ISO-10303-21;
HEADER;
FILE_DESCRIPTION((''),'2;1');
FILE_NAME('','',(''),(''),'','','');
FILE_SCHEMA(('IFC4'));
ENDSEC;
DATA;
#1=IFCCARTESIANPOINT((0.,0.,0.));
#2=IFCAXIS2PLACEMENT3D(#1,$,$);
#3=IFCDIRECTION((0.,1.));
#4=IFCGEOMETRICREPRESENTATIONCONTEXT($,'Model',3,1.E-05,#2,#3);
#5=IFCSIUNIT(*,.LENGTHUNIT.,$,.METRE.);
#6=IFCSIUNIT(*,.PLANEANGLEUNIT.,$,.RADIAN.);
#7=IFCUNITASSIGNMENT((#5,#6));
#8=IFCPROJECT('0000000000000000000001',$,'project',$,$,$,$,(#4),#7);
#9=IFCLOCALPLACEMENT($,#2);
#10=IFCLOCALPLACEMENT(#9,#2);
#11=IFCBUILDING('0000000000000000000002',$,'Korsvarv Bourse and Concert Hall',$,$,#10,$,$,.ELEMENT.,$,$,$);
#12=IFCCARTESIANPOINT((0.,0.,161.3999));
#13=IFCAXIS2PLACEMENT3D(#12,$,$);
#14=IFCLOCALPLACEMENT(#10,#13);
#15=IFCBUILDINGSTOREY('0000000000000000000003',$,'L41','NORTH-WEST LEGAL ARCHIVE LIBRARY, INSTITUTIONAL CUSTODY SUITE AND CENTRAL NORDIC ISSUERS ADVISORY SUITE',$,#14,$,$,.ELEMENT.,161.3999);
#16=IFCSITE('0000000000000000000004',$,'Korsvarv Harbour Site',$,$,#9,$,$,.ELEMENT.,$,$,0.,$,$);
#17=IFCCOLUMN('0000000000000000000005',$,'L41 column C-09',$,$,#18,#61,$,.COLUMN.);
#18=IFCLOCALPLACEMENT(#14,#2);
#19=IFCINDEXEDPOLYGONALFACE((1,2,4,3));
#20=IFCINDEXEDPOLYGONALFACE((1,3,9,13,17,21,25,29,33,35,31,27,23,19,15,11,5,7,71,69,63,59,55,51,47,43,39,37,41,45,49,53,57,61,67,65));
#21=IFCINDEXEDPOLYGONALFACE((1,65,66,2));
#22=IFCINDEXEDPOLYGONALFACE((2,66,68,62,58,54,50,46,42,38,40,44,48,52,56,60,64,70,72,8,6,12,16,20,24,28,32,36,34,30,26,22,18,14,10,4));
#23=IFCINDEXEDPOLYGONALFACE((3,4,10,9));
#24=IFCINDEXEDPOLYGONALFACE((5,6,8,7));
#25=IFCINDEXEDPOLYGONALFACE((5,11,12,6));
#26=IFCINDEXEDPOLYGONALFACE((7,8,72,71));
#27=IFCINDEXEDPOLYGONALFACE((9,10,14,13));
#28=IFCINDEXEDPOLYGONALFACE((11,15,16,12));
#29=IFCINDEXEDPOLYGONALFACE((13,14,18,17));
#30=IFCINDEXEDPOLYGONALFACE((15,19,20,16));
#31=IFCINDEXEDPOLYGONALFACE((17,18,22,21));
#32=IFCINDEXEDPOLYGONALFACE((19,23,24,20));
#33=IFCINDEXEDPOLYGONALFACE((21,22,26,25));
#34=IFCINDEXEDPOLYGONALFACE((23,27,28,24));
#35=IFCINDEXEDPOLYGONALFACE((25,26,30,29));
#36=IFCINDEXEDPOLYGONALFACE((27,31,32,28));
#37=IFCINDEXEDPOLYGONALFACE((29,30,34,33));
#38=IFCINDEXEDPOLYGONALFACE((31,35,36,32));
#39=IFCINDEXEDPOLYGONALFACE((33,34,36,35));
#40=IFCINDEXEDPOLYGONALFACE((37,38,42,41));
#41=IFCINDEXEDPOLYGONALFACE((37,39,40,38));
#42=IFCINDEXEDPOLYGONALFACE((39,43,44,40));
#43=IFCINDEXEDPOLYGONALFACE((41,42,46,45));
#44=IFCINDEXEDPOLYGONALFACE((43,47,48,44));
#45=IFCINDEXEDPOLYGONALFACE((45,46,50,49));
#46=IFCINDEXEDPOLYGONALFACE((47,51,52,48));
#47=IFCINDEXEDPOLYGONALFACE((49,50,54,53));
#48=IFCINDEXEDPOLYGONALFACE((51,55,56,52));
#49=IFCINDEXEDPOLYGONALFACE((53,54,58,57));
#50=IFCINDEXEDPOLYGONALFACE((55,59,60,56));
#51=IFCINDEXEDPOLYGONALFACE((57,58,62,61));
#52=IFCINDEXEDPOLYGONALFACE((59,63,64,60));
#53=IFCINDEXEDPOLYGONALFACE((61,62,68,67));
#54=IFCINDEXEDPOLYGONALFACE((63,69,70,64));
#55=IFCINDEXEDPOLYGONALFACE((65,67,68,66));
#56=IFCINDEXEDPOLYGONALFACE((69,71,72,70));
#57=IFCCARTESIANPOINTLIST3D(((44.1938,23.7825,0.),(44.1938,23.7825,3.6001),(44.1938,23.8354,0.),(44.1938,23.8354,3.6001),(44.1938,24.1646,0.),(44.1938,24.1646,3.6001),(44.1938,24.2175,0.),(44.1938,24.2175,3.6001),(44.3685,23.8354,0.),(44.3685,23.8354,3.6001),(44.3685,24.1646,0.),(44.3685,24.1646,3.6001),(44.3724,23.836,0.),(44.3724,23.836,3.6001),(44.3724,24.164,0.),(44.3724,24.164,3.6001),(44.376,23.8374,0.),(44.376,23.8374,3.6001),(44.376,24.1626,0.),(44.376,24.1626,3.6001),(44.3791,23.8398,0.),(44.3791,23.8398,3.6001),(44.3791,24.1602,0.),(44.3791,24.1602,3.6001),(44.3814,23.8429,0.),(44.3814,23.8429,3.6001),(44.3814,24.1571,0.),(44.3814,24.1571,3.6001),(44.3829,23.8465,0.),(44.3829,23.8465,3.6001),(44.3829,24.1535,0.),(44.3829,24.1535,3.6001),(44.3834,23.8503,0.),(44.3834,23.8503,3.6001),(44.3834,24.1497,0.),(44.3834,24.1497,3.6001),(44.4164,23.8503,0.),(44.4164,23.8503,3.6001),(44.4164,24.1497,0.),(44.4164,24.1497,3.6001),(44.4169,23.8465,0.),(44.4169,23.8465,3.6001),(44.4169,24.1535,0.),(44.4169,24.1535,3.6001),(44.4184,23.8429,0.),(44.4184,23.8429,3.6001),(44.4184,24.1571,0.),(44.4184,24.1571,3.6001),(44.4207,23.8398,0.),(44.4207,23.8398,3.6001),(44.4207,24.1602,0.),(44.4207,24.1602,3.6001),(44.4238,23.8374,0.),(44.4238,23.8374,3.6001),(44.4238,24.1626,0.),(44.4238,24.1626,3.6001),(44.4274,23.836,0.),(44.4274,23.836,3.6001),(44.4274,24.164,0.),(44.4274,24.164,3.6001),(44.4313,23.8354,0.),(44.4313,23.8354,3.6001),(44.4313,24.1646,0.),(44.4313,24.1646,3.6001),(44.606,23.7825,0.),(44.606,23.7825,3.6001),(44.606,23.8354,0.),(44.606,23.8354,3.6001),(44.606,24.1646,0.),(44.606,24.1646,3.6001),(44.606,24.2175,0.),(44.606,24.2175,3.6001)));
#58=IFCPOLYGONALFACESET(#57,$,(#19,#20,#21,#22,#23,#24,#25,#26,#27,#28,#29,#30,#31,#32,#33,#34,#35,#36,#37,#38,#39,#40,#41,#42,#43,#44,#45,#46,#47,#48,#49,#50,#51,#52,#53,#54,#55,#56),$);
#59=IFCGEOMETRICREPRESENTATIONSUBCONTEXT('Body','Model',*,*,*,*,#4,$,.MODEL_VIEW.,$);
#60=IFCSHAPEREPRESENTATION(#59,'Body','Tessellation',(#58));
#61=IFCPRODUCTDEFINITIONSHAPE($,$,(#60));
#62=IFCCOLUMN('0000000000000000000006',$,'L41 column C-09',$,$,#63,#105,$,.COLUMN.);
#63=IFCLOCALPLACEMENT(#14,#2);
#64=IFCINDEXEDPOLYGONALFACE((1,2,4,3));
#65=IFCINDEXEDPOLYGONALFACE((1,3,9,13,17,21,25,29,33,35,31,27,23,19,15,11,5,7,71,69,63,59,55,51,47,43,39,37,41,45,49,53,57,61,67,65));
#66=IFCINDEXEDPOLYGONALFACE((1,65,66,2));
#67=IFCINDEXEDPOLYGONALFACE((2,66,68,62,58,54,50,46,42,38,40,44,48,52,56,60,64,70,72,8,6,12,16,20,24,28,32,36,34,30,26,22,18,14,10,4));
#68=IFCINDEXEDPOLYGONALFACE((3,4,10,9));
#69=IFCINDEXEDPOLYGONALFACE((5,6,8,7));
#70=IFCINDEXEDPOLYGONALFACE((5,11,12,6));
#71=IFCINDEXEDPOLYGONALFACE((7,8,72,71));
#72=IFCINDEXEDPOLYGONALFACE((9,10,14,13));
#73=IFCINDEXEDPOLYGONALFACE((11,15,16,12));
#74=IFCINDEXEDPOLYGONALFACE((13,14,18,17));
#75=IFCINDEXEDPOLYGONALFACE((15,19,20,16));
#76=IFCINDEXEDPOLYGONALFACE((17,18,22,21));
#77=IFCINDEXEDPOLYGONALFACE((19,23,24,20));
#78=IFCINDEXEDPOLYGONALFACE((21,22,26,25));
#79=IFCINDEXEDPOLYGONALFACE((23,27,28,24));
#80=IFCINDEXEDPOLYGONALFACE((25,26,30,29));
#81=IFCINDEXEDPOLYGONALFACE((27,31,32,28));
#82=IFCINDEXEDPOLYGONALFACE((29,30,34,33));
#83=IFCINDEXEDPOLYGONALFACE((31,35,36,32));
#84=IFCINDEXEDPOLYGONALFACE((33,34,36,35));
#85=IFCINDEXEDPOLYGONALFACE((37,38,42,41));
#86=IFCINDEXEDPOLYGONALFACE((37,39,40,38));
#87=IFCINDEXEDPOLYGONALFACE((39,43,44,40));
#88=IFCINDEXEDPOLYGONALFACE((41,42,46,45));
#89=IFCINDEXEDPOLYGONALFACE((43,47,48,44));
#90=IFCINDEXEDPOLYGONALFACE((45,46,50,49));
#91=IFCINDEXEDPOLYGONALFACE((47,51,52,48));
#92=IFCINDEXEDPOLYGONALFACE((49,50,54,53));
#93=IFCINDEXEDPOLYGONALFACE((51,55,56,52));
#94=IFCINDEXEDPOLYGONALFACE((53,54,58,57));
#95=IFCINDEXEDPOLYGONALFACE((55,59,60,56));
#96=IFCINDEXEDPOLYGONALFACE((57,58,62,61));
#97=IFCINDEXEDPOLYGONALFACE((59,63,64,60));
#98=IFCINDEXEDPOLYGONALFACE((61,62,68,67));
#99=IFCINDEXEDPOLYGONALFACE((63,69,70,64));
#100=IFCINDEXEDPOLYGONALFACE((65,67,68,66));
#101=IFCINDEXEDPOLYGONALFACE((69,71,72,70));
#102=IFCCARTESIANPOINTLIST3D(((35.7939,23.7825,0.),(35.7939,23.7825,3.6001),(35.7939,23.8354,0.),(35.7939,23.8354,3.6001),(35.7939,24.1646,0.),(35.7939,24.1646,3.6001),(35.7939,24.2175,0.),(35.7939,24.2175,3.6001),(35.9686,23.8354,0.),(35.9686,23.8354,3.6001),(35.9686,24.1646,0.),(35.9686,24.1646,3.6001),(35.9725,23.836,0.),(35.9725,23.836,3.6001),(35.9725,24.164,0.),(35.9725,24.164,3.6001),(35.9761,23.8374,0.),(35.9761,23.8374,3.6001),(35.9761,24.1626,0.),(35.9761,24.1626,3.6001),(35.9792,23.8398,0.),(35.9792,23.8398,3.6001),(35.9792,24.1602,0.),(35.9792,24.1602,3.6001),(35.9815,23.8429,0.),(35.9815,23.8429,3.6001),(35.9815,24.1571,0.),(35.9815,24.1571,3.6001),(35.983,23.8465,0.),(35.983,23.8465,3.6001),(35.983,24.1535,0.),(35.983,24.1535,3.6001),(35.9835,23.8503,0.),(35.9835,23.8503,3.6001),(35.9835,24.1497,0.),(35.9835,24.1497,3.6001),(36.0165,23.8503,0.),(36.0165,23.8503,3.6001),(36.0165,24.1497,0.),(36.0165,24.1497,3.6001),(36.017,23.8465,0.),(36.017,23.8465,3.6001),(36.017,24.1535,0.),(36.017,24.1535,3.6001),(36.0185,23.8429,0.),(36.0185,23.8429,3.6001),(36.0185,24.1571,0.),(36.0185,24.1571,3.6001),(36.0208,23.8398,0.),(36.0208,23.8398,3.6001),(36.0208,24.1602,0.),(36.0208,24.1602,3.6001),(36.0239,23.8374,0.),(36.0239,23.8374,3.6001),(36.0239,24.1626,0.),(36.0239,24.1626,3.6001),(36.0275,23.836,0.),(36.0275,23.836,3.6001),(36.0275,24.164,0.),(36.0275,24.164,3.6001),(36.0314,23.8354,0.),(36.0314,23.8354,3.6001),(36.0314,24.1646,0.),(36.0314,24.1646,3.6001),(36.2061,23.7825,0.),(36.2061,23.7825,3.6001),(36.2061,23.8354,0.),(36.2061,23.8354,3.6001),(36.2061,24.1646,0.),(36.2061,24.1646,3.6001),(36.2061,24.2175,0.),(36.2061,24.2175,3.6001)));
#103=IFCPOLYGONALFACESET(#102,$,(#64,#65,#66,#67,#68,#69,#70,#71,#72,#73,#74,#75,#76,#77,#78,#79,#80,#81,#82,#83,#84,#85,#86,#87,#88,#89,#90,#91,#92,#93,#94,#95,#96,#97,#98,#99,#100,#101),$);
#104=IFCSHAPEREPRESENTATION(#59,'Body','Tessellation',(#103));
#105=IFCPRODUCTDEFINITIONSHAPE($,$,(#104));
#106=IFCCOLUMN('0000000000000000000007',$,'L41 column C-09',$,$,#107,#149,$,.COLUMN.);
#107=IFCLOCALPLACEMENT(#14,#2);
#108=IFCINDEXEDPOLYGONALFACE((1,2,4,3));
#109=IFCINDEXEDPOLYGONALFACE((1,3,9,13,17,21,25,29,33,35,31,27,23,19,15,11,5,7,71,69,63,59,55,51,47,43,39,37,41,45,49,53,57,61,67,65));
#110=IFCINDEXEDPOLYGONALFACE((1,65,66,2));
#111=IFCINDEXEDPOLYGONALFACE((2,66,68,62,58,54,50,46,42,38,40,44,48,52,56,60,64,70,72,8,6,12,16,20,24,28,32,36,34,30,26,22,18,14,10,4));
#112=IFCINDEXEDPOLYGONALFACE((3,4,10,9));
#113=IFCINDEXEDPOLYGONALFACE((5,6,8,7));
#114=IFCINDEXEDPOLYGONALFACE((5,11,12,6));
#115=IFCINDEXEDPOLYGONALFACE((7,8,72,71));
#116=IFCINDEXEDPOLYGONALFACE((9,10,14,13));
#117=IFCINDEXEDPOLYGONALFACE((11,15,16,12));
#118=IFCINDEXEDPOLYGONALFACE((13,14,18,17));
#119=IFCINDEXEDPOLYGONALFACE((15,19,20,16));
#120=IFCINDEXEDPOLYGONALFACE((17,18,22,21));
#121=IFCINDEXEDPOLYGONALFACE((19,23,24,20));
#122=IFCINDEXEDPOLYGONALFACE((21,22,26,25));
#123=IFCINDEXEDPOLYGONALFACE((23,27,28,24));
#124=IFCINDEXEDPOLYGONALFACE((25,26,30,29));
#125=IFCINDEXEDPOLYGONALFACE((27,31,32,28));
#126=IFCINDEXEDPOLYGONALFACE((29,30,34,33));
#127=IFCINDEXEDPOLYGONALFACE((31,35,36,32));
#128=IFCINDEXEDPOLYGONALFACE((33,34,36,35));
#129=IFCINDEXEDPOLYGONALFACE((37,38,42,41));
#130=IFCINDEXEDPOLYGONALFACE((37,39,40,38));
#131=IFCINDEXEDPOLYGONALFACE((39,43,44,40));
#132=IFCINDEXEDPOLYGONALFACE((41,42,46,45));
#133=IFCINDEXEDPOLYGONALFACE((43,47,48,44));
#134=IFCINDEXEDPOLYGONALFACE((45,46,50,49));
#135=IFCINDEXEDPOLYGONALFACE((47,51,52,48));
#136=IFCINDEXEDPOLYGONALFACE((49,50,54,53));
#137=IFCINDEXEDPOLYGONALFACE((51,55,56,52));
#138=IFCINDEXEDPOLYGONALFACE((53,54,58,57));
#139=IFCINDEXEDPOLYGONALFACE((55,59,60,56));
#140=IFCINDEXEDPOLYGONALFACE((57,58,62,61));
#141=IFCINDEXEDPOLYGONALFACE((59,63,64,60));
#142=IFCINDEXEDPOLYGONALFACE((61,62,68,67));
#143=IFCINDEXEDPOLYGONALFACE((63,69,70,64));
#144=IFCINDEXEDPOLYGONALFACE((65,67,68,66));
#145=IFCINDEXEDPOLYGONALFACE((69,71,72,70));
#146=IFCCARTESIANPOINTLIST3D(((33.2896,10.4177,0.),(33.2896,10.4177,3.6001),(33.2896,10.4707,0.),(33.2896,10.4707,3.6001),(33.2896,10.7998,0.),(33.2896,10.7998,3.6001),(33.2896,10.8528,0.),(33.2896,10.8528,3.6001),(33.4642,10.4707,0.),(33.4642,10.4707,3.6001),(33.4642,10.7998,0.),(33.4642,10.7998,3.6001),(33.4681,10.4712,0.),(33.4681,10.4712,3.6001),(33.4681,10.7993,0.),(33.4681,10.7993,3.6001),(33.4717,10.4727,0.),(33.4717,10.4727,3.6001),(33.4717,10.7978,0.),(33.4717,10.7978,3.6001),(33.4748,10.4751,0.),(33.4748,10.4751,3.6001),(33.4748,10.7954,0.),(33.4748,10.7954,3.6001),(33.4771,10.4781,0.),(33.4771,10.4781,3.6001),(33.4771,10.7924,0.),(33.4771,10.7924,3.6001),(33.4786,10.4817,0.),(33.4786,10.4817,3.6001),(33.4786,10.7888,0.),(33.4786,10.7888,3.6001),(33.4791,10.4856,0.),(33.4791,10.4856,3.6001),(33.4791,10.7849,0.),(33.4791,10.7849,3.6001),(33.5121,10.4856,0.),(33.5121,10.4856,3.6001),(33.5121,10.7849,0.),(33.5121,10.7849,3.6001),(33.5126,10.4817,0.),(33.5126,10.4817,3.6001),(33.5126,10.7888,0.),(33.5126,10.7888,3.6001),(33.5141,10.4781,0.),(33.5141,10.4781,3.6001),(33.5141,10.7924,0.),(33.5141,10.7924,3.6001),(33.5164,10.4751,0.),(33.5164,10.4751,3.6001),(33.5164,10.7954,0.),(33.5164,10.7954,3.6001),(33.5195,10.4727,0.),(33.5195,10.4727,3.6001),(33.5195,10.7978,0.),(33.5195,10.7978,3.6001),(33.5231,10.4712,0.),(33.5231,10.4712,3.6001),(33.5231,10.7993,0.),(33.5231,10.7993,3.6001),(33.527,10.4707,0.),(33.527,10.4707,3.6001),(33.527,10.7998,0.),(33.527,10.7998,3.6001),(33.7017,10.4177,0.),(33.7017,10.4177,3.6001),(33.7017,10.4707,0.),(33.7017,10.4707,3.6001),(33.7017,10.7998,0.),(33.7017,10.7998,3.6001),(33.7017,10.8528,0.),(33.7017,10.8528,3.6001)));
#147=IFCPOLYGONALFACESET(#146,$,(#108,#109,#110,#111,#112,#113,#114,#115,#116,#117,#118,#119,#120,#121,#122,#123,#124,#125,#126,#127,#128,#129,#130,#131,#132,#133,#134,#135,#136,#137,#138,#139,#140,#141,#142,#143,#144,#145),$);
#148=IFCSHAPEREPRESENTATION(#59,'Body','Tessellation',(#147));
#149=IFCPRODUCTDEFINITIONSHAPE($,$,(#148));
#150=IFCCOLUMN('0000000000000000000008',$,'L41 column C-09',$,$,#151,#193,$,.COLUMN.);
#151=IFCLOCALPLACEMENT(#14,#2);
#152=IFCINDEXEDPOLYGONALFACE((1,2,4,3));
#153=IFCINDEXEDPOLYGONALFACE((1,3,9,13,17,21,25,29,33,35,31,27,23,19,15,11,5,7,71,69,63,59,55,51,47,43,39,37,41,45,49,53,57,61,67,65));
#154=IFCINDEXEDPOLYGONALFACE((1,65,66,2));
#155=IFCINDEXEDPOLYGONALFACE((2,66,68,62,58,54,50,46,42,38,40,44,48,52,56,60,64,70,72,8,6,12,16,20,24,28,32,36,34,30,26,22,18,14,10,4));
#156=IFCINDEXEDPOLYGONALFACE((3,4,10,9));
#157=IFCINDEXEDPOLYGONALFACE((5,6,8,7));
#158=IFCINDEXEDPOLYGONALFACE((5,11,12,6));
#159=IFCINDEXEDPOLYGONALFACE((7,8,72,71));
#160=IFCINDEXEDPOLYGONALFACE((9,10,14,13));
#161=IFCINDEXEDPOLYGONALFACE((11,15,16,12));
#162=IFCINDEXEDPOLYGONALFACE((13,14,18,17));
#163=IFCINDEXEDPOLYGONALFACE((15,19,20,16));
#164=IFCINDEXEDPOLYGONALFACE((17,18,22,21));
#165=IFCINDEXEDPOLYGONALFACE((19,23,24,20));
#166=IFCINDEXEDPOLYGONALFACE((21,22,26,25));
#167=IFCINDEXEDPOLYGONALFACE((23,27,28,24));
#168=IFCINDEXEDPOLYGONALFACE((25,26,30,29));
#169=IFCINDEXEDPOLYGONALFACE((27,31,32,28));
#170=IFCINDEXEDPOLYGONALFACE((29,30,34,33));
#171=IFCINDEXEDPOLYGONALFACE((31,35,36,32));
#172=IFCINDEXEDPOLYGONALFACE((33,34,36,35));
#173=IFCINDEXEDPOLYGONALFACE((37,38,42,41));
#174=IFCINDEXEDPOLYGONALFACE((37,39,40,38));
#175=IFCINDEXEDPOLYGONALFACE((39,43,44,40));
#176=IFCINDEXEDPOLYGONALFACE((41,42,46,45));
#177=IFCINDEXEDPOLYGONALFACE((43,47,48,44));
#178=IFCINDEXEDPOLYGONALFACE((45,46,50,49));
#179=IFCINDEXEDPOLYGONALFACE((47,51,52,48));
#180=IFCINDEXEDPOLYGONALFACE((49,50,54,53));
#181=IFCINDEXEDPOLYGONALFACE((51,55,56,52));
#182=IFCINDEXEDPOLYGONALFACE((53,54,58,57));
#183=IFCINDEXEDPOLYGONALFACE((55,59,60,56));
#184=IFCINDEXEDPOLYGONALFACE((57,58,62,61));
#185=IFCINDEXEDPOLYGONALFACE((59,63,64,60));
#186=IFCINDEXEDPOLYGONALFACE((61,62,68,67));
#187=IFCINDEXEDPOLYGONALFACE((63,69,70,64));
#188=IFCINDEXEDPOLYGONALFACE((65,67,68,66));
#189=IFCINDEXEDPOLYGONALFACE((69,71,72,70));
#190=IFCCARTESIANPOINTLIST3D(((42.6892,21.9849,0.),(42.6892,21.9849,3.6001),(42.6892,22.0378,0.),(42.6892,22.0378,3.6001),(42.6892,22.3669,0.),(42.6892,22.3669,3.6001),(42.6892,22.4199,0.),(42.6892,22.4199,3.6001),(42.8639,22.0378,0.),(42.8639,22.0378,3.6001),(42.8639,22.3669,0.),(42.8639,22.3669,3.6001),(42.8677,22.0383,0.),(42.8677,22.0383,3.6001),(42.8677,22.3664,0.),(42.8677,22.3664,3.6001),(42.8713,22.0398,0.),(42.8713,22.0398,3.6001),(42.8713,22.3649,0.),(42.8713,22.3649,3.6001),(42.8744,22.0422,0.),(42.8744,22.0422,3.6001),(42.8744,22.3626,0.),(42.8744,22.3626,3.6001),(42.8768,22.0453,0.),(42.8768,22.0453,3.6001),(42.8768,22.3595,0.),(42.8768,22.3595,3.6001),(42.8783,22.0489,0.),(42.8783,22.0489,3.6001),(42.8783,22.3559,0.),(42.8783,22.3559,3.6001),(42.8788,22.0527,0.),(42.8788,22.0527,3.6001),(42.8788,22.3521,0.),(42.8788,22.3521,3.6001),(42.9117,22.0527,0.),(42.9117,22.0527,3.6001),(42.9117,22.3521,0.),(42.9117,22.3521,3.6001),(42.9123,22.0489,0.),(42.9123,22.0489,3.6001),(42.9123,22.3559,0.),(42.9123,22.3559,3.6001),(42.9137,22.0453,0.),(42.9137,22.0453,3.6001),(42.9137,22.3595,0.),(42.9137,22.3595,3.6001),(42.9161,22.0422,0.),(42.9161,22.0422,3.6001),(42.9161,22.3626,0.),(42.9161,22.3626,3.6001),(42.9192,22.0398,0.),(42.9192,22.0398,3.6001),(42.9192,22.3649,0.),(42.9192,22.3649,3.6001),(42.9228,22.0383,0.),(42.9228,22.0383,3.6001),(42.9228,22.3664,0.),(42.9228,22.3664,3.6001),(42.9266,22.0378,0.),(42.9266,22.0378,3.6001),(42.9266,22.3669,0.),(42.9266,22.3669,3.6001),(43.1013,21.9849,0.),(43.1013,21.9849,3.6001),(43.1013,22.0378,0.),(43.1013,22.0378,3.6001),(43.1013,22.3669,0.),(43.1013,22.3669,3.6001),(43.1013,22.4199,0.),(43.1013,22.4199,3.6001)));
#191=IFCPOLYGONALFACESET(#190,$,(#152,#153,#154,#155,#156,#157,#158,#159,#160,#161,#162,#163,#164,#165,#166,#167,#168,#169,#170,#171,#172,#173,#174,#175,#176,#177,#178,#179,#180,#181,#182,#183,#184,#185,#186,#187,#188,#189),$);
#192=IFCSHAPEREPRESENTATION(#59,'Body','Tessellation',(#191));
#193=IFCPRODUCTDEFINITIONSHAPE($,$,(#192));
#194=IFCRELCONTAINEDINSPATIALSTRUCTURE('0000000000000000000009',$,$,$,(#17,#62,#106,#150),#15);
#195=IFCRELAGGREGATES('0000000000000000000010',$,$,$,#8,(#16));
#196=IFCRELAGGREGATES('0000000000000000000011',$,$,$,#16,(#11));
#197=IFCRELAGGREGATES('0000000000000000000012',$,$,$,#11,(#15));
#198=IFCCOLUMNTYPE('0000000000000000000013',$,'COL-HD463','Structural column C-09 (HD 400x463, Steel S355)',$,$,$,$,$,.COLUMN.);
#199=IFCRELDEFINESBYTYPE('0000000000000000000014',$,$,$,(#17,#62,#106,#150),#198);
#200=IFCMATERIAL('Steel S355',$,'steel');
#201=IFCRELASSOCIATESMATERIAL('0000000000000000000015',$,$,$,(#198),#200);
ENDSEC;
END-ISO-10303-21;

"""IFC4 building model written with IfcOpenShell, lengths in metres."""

from ifc_helpers import new_model, si_unit, direction, frame, origin, origin_2d, place, context, subcontext, project, spatial, i_section, extrude, source, transform, mapped, material, material_profile, profile_set, type_object, element, save


model = new_model("IFC4")

# Units and contexts
model_context = context("Model", 3, precision=1e-05, world=origin(), true_north=direction((0.0, 1.0)))
body_context = subcontext(model_context, "Body", "Model", "MODEL_VIEW")
ifc_project = project(units=[si_unit("LENGTHUNIT", "METRE"), si_unit("PLANEANGLEUNIT", "RADIAN")], contexts=[model_context])

# Site, building, storey
site_placement = place(None, origin())
site = spatial("IfcSite", under=ifc_project, at=site_placement, Name="Korsvarv Harbour Site", CompositionType="ELEMENT", RefElevation=0.0)
building_placement = place(site_placement, origin())
building = spatial("IfcBuilding", under=site, at=building_placement, Name="Korsvarv Bourse and Concert Hall", CompositionType="ELEMENT")
storey_placement = place(building_placement, frame((0.0, 0.0, 161.3999)))
storey = spatial("IfcBuildingStorey", under=building, at=storey_placement, Name="L41", Description="NORTH-WEST LEGAL ARCHIVE LIBRARY, INSTITUTIONAL CUSTODY SUITE AND CENTRAL NORDIC ISSUERS ADVISORY SUITE", CompositionType="ELEMENT", Elevation=161.3999)

# Columns
ifc_material_1 = material(Name="Steel S355", Category="steel")
ifc_material_profile_1 = material_profile(ifc_material_1, i_section(OverallWidth=0.4121, OverallDepth=0.4351, WebThickness=0.033, FlangeThickness=0.053, FilletRadius=0.0149, at=origin_2d()), Name="HD 400x463")
ifc_profile_set_1 = profile_set([ifc_material_profile_1], Name="Steel S355")
column_type = type_object("IfcColumnType", Name="COL-HD463", Description="Structural column C-09 (HD 400x463, Steel S355)", PredefinedType="COLUMN", material=ifc_profile_set_1)
shared_shape_1 = source(origin(), body_context, "Body", "SweptSolid", [
    extrude(i_section(OverallWidth=0.4121, OverallDepth=0.4351, WebThickness=0.033, FlangeThickness=0.053, FilletRadius=0.0149, at=origin_2d()), origin(), (0.0, 0.0, 1.0), 3.6001),
])
for number, where, z_axis, x_axis, name in (
    (1, (44.3999, 24.0, 0.0), (0.0, 0.0, 1.0), (1.0, 0.0, 0.0), "L41 column C-09"),
    (2, (36.0, 24.0, 0.0), (0.0, 0.0, 1.0), (1.0, 0.0, 0.0), "L41 column C-09"),
    (3, (33.4956, 10.6353, 0.0), (0.0, 0.0, 1.0), (1.0, 0.0, 0.0), "L41 column C-09"),
    (4, (42.8953, 22.2024, 0.0), (0.0, 0.0, 1.0), (1.0, 0.0, 0.0), "L41 column C-09"),
):
    element("IfcColumn", number, at=place(storey_placement, frame(where, z_axis=z_axis, x_axis=x_axis)), inside=storey, type_object=column_type, Name=name, PredefinedType="COLUMN", context=body_context, shape_type="MappedRepresentation", body=[
        mapped(shared_shape_1, transform((0.0, 0.0, 0.0), scale=1.0)),
    ])

save(model, "model.ifc")
